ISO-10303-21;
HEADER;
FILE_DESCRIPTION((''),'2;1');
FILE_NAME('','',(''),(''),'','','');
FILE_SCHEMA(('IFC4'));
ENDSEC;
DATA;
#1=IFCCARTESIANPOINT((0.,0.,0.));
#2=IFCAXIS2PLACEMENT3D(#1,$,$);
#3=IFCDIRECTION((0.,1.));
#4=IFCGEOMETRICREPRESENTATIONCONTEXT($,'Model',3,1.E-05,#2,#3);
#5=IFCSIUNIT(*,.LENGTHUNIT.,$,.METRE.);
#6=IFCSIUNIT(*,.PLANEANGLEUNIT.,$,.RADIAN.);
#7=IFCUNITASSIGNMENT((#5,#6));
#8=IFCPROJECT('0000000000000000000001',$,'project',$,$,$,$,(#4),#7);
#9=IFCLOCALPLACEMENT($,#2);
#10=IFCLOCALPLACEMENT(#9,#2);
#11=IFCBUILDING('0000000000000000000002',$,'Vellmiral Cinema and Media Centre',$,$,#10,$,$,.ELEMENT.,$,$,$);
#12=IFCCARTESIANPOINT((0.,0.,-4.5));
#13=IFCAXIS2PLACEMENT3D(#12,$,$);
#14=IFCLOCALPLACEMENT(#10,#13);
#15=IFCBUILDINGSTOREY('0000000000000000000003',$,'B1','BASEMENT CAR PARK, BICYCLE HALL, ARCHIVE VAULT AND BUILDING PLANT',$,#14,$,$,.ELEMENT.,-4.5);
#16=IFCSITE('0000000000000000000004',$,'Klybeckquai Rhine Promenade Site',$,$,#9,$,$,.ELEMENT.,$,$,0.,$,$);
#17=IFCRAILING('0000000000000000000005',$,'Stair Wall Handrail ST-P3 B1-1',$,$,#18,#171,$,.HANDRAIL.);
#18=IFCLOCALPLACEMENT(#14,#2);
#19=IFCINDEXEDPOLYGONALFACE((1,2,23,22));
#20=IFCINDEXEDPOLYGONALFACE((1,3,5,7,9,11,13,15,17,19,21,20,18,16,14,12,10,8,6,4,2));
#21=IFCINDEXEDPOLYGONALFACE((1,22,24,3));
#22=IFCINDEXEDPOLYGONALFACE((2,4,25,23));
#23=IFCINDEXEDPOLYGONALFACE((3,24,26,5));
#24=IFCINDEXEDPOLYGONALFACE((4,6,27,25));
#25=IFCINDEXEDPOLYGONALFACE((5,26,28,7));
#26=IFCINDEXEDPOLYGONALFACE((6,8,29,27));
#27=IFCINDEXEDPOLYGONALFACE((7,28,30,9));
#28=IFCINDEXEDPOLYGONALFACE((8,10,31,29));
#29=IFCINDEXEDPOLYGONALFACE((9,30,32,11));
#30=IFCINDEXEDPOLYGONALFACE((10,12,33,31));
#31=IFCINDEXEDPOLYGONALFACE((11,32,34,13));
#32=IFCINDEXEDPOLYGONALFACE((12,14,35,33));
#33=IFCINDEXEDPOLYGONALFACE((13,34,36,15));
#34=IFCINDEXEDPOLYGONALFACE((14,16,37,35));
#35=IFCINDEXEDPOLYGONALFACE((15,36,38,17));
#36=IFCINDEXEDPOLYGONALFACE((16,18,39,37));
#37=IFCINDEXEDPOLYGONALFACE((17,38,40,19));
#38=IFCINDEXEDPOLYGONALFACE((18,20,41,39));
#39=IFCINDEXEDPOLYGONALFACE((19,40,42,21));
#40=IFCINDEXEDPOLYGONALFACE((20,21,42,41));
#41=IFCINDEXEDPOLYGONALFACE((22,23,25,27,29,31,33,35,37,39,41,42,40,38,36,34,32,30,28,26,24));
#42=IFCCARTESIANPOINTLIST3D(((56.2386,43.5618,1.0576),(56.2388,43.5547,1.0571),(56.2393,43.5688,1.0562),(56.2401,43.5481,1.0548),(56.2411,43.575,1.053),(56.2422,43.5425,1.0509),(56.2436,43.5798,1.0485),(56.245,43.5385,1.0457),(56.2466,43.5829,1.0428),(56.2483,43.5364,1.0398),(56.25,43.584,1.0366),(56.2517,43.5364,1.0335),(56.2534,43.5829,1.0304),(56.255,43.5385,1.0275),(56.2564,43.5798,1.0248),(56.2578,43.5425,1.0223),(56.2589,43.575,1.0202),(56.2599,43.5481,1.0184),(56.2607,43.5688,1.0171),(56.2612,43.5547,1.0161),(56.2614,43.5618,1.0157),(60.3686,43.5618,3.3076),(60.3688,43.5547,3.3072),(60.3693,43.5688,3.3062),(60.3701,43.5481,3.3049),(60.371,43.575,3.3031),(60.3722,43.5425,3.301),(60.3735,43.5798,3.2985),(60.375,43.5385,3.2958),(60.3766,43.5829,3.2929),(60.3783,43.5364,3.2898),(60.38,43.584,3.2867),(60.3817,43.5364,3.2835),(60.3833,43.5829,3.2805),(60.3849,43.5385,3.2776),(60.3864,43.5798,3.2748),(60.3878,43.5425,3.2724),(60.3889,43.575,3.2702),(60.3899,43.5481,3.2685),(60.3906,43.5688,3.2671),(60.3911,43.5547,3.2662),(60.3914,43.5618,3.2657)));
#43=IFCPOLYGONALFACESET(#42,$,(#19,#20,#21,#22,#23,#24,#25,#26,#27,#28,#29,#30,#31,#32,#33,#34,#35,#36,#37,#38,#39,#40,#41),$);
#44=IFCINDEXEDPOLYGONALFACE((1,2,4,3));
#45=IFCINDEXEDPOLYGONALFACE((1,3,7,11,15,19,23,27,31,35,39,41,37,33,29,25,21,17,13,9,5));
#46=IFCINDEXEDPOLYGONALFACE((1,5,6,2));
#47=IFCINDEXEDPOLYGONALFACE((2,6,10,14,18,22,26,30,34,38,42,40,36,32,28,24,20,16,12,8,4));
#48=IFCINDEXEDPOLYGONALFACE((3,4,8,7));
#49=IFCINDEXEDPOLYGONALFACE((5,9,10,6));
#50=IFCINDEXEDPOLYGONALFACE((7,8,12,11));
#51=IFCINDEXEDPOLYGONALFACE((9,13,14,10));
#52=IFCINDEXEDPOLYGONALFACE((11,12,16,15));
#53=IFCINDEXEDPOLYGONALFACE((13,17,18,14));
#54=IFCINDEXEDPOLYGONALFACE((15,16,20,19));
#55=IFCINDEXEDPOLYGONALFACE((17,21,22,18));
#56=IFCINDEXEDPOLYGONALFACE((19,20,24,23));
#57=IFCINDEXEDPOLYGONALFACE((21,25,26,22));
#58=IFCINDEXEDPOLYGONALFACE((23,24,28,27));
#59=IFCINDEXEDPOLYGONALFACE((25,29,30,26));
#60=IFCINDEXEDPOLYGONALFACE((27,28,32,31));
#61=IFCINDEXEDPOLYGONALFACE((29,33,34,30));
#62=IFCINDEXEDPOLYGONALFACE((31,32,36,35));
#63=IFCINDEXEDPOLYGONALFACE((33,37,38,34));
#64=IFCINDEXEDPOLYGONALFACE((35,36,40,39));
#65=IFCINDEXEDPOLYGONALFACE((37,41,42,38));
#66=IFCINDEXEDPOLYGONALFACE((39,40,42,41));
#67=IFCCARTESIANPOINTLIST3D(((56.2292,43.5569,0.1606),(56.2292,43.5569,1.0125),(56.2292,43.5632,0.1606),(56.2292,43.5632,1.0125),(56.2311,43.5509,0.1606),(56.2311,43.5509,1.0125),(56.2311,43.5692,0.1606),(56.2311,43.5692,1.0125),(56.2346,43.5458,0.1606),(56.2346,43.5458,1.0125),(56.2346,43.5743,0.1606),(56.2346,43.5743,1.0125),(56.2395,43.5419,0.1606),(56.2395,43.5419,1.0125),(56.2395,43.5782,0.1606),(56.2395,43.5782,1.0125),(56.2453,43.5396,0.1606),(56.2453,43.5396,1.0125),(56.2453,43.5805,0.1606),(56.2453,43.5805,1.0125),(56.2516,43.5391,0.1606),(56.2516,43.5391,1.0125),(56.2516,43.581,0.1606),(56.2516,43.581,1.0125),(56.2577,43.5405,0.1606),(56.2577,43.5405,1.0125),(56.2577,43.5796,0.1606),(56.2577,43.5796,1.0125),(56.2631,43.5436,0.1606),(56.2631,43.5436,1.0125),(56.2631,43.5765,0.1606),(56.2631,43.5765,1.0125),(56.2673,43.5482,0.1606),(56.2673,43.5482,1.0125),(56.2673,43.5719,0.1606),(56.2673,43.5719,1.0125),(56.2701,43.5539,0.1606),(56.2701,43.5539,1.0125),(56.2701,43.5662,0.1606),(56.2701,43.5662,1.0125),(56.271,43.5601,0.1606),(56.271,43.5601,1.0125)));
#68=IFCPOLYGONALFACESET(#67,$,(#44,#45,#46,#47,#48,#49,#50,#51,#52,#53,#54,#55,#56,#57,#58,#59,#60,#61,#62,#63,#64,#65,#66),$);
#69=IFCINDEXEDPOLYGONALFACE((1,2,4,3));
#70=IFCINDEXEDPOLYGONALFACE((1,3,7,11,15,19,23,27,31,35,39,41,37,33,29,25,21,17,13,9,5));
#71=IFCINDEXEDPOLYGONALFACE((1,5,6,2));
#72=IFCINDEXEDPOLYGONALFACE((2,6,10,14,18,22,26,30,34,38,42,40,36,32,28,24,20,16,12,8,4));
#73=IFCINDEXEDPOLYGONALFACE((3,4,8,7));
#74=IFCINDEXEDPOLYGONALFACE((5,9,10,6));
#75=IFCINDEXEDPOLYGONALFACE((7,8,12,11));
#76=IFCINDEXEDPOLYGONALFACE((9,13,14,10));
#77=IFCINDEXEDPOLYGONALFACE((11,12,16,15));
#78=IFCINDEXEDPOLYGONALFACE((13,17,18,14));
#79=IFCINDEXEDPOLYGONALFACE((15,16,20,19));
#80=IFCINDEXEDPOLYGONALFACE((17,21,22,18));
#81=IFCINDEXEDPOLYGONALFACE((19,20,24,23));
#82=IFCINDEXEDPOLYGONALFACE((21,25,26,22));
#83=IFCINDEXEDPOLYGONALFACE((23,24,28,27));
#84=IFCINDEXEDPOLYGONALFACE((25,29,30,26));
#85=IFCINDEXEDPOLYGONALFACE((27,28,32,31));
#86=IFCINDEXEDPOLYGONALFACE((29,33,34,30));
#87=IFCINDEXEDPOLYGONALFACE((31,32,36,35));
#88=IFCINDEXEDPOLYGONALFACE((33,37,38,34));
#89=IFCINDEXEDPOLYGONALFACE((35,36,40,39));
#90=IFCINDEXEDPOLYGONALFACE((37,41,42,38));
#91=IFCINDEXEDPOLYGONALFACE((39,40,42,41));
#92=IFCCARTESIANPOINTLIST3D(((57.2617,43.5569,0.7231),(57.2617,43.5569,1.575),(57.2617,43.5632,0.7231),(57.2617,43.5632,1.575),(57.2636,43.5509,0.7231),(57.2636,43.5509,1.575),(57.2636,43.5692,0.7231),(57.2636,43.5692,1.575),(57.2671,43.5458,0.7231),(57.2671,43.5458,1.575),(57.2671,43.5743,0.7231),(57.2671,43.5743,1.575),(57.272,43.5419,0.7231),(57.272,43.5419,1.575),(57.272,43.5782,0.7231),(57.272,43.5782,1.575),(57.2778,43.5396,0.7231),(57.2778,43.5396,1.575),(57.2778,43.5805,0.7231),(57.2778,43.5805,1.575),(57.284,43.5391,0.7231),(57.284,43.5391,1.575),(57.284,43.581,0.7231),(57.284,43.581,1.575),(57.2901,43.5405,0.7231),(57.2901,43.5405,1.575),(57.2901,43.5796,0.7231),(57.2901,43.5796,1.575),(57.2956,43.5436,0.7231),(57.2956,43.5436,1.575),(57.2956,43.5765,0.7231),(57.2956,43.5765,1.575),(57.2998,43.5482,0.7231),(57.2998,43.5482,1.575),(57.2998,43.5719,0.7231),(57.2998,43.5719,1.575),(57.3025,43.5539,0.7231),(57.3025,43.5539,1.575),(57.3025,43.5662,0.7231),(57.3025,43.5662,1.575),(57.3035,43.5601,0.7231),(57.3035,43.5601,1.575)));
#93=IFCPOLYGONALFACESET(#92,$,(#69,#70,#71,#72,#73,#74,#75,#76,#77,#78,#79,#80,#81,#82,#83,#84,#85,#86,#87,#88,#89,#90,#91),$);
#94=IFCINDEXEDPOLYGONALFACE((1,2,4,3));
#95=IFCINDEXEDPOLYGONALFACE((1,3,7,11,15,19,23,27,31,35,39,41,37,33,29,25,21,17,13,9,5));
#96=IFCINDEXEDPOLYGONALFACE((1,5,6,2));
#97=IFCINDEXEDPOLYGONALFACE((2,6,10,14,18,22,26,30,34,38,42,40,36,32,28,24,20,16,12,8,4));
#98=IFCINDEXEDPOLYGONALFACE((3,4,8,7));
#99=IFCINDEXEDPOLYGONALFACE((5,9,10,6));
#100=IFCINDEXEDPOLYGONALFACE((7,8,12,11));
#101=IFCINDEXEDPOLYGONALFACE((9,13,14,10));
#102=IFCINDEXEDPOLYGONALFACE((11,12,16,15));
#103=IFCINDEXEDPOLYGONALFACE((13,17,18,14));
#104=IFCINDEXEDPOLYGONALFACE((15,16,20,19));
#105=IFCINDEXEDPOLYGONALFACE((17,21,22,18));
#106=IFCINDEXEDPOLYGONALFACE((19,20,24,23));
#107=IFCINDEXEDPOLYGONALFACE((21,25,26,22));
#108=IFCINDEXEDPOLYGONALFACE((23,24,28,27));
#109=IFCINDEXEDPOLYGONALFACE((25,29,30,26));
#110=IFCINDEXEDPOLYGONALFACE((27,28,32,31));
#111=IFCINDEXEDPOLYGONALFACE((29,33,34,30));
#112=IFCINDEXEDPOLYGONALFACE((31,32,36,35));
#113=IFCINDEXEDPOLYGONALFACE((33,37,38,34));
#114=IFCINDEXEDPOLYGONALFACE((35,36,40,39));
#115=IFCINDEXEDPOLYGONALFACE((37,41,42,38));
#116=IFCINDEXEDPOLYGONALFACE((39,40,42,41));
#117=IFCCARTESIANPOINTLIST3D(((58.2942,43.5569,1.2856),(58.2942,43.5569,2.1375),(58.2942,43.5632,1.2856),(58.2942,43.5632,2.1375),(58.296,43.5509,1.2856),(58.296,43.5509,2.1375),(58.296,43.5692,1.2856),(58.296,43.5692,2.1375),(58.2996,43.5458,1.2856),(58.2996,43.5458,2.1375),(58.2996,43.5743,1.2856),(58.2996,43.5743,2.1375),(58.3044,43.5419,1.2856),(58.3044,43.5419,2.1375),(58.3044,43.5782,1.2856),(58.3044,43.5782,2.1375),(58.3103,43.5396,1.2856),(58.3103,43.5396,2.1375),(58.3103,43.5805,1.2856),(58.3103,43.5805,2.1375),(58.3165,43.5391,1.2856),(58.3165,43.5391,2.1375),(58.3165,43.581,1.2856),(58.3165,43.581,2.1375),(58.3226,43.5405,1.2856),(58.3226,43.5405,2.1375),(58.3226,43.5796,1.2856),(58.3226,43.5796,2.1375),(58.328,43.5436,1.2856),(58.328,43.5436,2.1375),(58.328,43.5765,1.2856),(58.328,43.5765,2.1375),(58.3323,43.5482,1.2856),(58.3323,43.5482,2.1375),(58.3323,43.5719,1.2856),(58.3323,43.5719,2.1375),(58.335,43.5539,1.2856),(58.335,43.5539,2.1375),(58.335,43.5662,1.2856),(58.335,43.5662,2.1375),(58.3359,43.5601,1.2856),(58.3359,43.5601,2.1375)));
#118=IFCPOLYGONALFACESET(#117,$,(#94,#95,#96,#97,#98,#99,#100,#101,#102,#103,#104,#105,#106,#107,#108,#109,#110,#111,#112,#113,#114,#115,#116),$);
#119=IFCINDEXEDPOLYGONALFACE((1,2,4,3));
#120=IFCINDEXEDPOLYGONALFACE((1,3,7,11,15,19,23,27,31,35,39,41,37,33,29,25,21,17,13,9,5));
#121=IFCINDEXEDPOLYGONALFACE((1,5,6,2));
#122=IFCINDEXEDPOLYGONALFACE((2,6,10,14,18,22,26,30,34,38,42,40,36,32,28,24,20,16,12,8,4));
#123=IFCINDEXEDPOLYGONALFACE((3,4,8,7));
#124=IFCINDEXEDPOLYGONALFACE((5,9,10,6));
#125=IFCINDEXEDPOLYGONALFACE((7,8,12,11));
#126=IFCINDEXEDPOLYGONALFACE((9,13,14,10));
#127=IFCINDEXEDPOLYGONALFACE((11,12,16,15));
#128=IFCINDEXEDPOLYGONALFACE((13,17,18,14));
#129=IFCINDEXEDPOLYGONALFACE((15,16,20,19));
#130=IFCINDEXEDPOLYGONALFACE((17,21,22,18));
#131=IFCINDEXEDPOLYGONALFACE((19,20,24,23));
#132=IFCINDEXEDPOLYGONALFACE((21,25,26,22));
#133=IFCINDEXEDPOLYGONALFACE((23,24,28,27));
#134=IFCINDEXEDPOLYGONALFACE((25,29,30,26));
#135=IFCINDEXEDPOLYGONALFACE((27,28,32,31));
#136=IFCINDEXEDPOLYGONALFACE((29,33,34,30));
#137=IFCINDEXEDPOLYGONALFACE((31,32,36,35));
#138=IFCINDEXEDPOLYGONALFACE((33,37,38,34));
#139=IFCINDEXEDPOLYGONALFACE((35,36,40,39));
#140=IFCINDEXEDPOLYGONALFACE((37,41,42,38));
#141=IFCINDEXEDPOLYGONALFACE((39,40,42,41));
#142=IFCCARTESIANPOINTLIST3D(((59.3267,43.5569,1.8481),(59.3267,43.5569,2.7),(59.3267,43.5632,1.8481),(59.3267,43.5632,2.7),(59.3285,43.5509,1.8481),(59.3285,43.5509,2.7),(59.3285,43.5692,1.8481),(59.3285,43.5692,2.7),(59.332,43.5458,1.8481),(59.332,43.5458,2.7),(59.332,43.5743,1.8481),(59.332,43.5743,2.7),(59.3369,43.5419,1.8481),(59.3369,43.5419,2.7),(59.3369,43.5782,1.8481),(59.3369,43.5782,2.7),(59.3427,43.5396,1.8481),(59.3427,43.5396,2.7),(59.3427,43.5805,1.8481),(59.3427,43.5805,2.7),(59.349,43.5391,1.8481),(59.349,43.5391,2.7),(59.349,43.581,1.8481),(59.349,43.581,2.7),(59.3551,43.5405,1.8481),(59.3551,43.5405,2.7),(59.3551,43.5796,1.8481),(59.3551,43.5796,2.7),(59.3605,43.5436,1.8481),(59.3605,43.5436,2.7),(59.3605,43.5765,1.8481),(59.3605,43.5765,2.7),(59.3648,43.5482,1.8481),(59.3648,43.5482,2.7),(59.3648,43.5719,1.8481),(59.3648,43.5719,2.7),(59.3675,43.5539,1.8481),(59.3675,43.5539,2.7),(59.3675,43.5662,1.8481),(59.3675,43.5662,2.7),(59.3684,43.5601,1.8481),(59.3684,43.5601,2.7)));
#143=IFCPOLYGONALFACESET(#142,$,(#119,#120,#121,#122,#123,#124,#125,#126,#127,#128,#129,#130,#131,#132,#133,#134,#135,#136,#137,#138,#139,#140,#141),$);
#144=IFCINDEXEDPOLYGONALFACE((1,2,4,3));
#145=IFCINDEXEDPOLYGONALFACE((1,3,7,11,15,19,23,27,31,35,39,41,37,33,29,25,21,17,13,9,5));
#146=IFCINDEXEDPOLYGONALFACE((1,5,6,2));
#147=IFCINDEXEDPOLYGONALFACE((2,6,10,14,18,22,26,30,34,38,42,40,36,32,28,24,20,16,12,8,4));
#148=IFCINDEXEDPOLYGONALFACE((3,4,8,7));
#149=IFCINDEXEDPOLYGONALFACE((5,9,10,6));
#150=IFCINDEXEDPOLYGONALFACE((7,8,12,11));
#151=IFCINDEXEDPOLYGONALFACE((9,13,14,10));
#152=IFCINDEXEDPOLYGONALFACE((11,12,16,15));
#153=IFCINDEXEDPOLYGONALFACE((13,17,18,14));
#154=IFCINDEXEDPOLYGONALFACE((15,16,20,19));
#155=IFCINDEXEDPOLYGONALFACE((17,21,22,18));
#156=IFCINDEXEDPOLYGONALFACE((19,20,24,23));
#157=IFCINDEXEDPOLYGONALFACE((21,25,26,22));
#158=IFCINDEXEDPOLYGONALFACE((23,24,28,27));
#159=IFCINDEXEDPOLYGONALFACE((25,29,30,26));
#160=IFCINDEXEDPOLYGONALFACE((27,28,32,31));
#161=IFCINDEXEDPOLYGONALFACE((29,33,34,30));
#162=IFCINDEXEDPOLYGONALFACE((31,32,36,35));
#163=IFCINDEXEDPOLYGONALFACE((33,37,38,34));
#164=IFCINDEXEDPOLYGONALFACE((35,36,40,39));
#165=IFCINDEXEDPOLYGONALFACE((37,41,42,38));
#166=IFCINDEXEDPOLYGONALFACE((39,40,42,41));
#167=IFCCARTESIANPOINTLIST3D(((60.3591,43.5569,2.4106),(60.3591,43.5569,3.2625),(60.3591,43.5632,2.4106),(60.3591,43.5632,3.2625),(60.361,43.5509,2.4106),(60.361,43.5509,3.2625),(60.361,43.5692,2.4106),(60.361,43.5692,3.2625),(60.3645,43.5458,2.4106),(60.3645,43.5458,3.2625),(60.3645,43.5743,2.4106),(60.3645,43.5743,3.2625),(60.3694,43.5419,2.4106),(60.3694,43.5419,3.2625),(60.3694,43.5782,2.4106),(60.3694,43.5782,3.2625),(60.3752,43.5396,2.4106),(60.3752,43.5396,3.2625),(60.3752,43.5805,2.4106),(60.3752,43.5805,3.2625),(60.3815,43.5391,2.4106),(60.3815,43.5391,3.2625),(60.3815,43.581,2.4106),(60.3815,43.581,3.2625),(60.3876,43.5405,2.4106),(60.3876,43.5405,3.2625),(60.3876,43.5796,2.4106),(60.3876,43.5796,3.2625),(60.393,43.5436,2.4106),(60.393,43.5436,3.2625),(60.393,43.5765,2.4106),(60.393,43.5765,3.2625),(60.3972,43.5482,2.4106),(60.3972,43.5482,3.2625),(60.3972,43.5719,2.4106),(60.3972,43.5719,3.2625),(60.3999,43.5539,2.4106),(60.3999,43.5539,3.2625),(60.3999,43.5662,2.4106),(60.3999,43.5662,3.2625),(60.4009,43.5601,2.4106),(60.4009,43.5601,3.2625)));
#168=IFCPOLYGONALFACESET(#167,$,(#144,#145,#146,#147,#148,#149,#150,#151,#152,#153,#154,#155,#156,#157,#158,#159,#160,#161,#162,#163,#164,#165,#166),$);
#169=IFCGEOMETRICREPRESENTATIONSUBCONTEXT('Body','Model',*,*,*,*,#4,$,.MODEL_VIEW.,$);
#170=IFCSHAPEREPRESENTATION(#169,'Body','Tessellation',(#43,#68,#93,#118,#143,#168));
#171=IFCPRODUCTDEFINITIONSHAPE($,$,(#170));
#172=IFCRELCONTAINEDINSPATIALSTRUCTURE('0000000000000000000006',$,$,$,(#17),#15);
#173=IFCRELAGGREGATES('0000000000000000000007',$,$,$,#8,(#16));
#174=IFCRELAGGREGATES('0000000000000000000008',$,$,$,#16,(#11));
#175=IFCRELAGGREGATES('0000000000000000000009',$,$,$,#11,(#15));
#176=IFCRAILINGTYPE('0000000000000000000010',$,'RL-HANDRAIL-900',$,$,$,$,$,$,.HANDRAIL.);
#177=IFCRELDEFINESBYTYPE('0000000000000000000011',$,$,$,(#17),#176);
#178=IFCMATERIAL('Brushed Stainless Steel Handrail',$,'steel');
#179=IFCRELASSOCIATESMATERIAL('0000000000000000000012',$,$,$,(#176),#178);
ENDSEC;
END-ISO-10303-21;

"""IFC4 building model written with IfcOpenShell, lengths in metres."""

from ifc_helpers import new_model, si_unit, direction, frame, origin, origin_2d, place, context, subcontext, project, spatial, circle, extrude, material, type_object, element, save


model = new_model("IFC4")

# Units and contexts
model_context = context("Model", 3, precision=1e-05, world=origin(), true_north=direction((0.0, 1.0)))
body_context = subcontext(model_context, "Body", "Model", "MODEL_VIEW")
ifc_project = project(units=[si_unit("LENGTHUNIT", "METRE"), si_unit("PLANEANGLEUNIT", "RADIAN")], contexts=[model_context])

# Site, building, storey
site_placement = place(None, origin())
site = spatial("IfcSite", under=ifc_project, at=site_placement, Name="Klybeckquai Rhine Promenade Site", CompositionType="ELEMENT", RefElevation=0.0)
building_placement = place(site_placement, origin())
building = spatial("IfcBuilding", under=site, at=building_placement, Name="Vellmiral Cinema and Media Centre", CompositionType="ELEMENT")
storey_placement = place(building_placement, frame((0.0, 0.0, -4.5)))
storey = spatial("IfcBuildingStorey", under=building, at=storey_placement, Name="B1", Description="BASEMENT CAR PARK, BICYCLE HALL, ARCHIVE VAULT AND BUILDING PLANT", CompositionType="ELEMENT", Elevation=-4.5)

# Railing
ifc_material_1 = material(Name="Brushed Stainless Steel Handrail", Category="steel")
railing_type_1 = type_object("IfcRailingType", Name="RL-HANDRAIL-900", PredefinedType="HANDRAIL", material=ifc_material_1)
railing_1_placement = place(storey_placement, frame((56.25, 43.5601, 0.1606)))
element("IfcRailing", 1, at=railing_1_placement, inside=storey, type_object=railing_type_1, Name="Stair Wall Handrail ST-P3 B1-1", PredefinedType="HANDRAIL", context=body_context, shape_type="SweptSolid", body=[
    extrude(circle(Radius=0.0239, at=origin_2d()), frame((0.0, 0.0, 0.876), z_axis=(0.878134, 0.0, 0.478416), x_axis=(0.0, 1.0, 0.0)), (0.0, 0.0, 1.0), 4.7031),
    extrude(circle(Radius=0.021, at=origin_2d()), origin(), (0.0, 0.0, 1.0), 0.8518),
    extrude(circle(Radius=0.021, at=origin_2d()), frame((1.0325, 0.0, 0.5625)), (0.0, 0.0, 1.0), 0.8518),
    extrude(circle(Radius=0.021, at=origin_2d()), frame((2.0649, 0.0, 1.125)), (0.0, 0.0, 1.0), 0.8518),
    extrude(circle(Radius=0.021, at=origin_2d()), frame((3.0974, 0.0, 1.6875)), (0.0, 0.0, 1.0), 0.8518),
    extrude(circle(Radius=0.021, at=origin_2d()), frame((4.1299, 0.0, 2.25)), (0.0, 0.0, 1.0), 0.8518),
])

save(model, "model.ifc")
